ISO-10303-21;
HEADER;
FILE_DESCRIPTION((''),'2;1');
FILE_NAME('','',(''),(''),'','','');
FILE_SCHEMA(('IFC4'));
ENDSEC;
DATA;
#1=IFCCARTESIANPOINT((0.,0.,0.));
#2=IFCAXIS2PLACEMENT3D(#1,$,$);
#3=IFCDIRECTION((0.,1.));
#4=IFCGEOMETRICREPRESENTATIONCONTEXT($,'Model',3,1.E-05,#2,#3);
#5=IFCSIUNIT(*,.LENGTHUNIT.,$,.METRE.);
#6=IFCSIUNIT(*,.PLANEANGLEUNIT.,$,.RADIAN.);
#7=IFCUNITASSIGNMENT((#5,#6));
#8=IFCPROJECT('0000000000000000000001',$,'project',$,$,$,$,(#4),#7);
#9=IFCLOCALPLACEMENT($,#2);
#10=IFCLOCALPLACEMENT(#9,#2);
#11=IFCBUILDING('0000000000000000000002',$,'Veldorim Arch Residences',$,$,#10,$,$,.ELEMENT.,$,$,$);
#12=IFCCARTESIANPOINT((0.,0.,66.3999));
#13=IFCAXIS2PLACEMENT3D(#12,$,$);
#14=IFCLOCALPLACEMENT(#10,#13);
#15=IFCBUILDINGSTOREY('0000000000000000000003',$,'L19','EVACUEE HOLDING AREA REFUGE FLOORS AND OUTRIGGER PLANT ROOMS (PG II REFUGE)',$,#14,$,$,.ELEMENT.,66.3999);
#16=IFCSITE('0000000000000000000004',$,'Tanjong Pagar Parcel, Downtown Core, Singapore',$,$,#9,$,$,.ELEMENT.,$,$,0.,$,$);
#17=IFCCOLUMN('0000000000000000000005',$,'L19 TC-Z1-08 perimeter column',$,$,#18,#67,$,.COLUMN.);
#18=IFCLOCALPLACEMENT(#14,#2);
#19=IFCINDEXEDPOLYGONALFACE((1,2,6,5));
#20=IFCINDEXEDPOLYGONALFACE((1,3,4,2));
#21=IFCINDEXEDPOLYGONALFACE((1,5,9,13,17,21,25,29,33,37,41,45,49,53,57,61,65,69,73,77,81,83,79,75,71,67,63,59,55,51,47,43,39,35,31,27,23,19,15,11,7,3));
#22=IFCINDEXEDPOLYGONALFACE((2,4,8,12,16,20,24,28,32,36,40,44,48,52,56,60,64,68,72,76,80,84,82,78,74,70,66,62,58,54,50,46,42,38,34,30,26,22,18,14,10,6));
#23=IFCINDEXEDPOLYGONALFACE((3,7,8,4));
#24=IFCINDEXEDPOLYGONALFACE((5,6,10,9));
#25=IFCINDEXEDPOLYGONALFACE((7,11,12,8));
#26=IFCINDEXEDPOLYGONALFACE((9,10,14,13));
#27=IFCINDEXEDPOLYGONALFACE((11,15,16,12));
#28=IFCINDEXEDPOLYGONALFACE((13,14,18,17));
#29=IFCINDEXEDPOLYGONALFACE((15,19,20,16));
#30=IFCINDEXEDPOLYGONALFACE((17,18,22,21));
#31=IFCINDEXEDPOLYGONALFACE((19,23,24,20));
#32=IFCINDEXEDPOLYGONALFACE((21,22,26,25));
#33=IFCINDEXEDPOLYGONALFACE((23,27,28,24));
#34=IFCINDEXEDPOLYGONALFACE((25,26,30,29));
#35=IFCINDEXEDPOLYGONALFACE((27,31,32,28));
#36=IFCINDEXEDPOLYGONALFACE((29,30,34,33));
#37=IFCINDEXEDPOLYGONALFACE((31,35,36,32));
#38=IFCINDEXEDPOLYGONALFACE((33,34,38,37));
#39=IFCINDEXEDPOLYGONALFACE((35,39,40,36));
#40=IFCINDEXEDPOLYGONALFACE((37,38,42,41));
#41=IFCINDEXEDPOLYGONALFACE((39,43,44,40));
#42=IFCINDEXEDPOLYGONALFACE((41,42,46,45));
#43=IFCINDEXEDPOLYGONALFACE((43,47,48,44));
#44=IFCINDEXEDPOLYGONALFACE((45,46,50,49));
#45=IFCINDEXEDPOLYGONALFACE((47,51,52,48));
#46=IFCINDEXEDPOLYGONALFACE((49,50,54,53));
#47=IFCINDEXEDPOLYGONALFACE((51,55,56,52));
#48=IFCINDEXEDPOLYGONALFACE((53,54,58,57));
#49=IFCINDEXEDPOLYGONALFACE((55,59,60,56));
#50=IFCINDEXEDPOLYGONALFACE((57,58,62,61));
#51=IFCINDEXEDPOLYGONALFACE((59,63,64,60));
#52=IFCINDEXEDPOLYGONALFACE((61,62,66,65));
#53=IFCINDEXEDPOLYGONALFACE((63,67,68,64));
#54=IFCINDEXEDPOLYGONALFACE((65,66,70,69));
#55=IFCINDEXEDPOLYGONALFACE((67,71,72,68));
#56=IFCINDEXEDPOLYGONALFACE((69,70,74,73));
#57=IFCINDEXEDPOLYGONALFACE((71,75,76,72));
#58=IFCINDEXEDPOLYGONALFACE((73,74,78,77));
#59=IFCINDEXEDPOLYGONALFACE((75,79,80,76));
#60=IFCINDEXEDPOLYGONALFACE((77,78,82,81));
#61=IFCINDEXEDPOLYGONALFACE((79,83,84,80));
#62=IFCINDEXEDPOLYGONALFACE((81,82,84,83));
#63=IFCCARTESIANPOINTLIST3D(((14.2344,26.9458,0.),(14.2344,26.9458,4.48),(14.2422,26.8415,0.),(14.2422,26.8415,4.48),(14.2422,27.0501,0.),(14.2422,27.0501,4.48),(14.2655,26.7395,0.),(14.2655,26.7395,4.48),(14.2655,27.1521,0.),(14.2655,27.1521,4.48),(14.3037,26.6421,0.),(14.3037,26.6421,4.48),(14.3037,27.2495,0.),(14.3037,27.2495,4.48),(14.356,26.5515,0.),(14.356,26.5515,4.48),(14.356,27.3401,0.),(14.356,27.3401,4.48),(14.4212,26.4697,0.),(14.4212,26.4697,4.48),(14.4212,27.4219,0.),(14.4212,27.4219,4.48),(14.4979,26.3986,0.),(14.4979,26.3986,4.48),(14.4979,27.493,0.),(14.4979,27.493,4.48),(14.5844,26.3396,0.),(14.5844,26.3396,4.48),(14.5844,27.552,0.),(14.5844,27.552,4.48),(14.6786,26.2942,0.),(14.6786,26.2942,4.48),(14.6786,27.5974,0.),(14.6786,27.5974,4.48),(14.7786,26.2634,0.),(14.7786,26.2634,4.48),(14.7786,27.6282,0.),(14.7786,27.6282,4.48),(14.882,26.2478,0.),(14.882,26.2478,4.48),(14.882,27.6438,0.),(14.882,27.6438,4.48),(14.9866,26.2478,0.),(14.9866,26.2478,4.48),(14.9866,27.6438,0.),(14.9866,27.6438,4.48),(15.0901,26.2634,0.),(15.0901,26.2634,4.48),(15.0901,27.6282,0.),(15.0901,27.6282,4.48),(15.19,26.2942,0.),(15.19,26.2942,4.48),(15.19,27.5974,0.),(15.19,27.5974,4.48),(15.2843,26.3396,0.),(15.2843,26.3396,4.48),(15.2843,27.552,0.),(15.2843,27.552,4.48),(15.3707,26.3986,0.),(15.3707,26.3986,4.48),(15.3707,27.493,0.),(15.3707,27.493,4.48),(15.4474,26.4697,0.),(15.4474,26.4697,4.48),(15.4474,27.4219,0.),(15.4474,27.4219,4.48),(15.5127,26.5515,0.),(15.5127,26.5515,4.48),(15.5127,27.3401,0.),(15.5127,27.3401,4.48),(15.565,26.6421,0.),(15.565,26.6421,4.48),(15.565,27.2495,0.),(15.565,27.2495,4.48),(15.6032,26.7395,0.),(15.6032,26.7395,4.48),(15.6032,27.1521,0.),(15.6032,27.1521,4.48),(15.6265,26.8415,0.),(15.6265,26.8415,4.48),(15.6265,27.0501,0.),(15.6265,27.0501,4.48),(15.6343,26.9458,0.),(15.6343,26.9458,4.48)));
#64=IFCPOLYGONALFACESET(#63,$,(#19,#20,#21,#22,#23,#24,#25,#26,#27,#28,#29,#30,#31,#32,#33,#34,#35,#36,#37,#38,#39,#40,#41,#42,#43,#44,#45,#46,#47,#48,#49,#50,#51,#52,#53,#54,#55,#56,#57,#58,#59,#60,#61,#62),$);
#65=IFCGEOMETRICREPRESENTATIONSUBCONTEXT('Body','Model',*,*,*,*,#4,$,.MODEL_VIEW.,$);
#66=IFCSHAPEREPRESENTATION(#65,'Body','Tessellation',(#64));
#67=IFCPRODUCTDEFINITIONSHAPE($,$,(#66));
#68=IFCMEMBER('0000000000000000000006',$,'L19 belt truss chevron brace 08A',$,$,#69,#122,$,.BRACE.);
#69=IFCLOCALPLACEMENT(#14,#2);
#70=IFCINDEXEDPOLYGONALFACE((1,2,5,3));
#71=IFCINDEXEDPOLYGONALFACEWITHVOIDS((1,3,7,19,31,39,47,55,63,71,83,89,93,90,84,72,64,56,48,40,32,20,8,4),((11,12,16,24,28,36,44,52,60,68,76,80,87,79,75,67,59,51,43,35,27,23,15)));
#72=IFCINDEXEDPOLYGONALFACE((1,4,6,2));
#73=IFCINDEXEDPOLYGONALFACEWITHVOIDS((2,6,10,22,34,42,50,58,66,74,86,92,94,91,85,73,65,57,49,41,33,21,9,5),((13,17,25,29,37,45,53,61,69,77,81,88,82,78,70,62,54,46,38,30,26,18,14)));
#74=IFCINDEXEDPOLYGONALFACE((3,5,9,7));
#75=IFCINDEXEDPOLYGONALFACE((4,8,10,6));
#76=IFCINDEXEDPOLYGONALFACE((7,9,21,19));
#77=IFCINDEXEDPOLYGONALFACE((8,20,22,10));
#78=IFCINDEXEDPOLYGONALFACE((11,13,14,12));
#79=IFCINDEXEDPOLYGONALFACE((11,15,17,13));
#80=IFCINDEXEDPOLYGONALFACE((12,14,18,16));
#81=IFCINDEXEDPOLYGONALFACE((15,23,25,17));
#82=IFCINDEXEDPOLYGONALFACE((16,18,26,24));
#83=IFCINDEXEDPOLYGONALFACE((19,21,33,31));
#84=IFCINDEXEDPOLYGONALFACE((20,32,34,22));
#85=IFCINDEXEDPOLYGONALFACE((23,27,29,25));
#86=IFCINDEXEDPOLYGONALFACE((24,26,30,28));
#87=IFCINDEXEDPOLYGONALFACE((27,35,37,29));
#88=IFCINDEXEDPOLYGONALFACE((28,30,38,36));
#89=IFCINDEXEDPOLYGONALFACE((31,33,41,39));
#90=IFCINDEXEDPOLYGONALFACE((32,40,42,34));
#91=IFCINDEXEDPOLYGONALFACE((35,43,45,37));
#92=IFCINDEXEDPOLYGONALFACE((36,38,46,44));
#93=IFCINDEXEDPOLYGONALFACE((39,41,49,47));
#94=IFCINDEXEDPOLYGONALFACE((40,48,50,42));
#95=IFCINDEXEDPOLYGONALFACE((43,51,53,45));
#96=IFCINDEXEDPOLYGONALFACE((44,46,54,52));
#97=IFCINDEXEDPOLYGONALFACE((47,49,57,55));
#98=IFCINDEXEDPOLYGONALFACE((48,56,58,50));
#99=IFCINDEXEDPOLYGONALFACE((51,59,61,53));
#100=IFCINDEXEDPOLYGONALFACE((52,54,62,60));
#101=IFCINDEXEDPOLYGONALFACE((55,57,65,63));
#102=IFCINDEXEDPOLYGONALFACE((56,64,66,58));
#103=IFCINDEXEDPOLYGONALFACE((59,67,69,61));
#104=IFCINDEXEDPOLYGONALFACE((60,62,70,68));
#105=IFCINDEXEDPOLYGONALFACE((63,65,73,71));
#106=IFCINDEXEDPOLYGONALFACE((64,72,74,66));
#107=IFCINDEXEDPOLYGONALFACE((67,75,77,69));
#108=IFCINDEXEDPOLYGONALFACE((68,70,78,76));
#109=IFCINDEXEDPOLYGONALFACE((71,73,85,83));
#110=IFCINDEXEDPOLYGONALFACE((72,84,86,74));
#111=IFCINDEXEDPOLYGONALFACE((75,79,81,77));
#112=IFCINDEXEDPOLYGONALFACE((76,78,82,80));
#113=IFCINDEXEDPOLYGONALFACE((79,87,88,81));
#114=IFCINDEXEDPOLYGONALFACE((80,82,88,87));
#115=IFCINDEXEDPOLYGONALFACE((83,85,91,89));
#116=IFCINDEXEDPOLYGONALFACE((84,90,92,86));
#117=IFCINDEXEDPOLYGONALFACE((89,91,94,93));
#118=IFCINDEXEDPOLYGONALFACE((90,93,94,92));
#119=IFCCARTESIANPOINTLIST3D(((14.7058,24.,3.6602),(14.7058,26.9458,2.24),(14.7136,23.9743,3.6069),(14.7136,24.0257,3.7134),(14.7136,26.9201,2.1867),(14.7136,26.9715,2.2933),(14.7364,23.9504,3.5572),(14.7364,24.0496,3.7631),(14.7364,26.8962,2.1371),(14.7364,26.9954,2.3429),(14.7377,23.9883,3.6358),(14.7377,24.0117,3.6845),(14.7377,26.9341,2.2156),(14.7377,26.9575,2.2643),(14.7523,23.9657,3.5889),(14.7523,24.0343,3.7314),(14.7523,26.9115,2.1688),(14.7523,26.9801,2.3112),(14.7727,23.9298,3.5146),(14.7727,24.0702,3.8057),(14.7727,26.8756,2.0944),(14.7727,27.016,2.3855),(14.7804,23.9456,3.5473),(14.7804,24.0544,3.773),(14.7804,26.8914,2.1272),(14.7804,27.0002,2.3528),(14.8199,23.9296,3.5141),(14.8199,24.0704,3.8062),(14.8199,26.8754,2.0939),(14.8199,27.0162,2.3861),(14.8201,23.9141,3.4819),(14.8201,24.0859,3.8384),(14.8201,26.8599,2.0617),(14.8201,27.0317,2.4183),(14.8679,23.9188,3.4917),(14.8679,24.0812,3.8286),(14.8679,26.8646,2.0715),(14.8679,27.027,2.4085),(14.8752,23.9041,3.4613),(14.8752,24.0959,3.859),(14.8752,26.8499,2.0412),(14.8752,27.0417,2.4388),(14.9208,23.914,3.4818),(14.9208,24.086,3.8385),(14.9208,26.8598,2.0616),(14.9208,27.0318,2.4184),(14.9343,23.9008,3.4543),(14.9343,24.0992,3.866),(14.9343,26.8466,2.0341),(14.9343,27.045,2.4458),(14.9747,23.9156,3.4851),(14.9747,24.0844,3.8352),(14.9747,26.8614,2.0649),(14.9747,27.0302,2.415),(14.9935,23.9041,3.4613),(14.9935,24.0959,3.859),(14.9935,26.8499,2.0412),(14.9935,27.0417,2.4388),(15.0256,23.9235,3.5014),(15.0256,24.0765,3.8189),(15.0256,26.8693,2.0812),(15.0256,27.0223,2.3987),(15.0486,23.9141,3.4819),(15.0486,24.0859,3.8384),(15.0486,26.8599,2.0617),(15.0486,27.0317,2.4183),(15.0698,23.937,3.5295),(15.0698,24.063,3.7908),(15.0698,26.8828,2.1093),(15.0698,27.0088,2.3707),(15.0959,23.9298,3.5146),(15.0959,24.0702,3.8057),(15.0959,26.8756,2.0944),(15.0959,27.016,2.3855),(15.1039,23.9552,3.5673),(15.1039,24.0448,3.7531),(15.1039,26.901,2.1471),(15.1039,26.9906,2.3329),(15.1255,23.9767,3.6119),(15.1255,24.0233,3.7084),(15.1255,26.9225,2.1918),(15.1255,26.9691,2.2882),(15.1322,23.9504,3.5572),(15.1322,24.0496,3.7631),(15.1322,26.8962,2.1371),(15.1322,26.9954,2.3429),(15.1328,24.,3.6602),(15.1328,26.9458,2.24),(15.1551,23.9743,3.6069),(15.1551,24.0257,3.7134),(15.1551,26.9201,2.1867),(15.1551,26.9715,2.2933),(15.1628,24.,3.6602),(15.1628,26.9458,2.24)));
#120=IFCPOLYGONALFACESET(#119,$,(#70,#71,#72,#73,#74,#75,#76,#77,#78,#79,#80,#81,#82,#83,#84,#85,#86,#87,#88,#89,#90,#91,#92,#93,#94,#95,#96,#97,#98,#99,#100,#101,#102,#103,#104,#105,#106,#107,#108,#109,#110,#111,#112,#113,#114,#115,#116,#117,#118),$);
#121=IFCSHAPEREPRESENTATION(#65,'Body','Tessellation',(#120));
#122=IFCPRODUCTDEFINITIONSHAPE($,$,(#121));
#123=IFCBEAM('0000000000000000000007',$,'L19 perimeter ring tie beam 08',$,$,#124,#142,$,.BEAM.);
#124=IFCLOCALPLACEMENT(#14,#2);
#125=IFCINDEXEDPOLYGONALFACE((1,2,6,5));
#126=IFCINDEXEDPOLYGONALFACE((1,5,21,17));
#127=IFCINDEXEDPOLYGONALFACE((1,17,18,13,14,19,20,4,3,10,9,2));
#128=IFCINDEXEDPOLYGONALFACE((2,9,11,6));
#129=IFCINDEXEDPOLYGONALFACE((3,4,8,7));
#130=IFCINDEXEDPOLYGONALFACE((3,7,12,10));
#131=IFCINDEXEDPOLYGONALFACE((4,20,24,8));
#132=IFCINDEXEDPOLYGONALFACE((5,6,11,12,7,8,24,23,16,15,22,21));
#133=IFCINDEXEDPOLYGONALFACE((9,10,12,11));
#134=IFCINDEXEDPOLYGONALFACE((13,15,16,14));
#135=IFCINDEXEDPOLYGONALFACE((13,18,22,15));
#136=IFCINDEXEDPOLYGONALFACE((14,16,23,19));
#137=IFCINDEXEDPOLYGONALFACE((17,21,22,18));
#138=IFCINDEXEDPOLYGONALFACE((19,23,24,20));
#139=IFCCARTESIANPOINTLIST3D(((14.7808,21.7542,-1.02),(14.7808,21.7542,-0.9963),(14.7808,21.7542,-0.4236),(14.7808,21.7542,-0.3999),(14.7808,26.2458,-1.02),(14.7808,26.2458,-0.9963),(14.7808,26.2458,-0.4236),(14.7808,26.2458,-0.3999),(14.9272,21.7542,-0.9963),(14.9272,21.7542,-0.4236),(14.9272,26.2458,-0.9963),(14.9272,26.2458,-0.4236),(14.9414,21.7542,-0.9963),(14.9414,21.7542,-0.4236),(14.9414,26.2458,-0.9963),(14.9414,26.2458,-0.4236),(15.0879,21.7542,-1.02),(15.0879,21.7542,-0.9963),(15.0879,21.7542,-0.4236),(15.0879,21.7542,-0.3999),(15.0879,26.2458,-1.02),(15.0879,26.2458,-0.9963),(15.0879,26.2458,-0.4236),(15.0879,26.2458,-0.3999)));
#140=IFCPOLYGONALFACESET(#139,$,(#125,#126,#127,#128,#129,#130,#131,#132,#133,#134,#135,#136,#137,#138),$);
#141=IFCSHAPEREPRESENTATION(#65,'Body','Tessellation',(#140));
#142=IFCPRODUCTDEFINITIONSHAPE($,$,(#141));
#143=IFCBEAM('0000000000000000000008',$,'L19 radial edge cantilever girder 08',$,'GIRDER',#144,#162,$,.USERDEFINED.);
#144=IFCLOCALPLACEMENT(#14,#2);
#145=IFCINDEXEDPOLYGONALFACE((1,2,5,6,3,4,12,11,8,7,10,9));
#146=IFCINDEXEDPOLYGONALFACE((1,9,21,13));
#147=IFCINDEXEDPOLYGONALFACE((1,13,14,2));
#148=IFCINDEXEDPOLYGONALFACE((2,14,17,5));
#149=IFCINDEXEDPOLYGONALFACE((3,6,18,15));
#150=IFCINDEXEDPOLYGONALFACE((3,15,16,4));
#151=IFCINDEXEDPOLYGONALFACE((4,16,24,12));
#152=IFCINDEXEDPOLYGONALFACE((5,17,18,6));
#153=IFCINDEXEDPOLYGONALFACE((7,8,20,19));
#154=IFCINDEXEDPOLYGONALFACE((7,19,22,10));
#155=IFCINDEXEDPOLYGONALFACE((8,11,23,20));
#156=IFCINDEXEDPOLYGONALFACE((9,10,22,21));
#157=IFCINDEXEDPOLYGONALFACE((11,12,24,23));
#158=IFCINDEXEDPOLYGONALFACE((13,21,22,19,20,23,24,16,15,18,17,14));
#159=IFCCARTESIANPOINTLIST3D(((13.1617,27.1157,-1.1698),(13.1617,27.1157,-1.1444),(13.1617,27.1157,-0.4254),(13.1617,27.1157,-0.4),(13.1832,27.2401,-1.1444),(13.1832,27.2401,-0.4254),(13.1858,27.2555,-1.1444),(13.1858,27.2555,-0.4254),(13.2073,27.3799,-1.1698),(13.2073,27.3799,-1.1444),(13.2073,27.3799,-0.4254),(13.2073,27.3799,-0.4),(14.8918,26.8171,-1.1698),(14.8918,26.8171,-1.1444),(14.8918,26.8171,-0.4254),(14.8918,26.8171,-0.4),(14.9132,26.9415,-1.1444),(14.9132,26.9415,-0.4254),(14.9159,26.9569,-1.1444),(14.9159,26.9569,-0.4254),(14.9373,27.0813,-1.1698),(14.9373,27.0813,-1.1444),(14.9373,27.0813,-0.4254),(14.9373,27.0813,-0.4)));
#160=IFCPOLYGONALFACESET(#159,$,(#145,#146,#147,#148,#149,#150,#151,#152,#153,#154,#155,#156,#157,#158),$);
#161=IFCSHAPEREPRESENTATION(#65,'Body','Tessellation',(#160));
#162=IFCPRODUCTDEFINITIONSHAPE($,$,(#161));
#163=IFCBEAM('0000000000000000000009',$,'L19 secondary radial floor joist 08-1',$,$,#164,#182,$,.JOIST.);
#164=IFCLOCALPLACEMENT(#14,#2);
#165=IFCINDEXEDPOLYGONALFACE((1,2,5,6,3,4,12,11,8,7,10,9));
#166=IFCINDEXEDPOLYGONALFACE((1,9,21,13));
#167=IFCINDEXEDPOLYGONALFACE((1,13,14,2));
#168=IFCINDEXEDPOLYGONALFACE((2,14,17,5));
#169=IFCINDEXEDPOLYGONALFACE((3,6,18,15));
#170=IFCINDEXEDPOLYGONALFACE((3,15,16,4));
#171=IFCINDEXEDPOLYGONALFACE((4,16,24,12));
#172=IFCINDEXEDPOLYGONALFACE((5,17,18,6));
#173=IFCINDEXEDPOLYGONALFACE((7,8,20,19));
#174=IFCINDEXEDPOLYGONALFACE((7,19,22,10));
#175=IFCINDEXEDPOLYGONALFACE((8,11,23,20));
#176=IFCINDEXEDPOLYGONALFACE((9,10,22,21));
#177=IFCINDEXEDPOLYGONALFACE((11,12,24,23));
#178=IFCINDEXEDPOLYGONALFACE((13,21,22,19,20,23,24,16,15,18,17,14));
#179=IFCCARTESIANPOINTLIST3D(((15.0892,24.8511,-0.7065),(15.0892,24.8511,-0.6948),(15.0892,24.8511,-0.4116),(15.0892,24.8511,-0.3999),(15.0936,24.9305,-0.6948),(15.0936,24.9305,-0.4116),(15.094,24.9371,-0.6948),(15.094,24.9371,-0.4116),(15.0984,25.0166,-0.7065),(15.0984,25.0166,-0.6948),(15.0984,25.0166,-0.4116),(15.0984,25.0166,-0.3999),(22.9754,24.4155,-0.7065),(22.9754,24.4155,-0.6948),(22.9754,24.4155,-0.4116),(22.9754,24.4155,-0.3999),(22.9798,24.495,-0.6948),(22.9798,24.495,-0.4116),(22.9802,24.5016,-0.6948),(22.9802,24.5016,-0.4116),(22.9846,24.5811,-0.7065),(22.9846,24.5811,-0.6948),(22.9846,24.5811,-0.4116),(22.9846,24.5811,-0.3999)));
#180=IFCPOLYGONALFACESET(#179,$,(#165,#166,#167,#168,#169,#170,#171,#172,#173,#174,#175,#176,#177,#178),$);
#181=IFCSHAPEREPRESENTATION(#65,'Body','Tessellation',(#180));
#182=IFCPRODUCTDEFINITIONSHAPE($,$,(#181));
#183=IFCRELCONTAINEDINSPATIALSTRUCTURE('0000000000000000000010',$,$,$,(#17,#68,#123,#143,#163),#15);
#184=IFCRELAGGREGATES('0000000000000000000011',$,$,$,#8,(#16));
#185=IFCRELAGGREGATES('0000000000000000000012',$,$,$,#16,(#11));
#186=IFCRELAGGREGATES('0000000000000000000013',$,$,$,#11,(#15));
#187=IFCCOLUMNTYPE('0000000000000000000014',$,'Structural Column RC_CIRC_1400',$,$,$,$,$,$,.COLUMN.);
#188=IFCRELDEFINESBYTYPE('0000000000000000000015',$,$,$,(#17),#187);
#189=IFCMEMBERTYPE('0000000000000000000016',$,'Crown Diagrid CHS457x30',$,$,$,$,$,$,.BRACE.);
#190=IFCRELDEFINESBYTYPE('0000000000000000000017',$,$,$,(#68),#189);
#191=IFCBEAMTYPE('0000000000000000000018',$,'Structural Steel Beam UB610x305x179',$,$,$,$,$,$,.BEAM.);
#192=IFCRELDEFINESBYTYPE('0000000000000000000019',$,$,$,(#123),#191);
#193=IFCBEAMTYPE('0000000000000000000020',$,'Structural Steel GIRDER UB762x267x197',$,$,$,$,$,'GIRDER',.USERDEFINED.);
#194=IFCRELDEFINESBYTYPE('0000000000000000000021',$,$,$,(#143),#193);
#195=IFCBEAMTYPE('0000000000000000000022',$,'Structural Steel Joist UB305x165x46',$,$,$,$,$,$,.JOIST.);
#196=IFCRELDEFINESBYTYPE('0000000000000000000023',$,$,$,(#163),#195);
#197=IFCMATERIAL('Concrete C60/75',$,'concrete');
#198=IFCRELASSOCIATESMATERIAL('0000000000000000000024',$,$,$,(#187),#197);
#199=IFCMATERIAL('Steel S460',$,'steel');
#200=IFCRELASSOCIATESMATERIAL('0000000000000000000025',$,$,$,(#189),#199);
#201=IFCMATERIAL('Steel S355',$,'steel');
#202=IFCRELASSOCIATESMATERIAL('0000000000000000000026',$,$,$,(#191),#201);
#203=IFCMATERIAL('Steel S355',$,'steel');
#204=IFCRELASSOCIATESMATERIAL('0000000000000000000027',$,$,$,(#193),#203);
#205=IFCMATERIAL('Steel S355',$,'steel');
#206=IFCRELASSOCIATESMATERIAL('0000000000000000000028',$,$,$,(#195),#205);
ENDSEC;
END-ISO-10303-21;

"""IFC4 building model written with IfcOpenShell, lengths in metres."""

from ifc_helpers import new_model, si_unit, direction, frame, origin, origin_2d, place, context, subcontext, project, spatial, circle, hollow_circle, i_section, extrude, material, material_profile, profile_set, type_object, element, save


model = new_model("IFC4")

# Units and contexts
model_context = context("Model", 3, precision=1e-05, world=origin(), true_north=direction((0.0, 1.0)))
body_context = subcontext(model_context, "Body", "Model", "MODEL_VIEW")
ifc_project = project(units=[si_unit("LENGTHUNIT", "METRE"), si_unit("PLANEANGLEUNIT", "RADIAN")], contexts=[model_context])

# Site, building, storey
site_placement = place(None, origin())
site = spatial("IfcSite", under=ifc_project, at=site_placement, Name="Tanjong Pagar Parcel, Downtown Core, Singapore", CompositionType="ELEMENT", RefElevation=0.0)
building_placement = place(site_placement, origin())
building = spatial("IfcBuilding", under=site, at=building_placement, Name="Veldorim Arch Residences", CompositionType="ELEMENT")
storey_placement = place(building_placement, frame((0.0, 0.0, 66.3999)))
storey = spatial("IfcBuildingStorey", under=building, at=storey_placement, Name="L19", Description="EVACUEE HOLDING AREA REFUGE FLOORS AND OUTRIGGER PLANT ROOMS (PG II REFUGE)", CompositionType="ELEMENT", Elevation=66.3999)

# Column
ifc_material_1 = material(Name="Concrete C60/75", Category="concrete")
ifc_material_profile_1 = material_profile(ifc_material_1, circle(Radius=0.7, at=origin_2d()), Name="RC_CIRC_1400")
ifc_profile_set_1 = profile_set([ifc_material_profile_1], Name="Concrete C60/75")
column_type = type_object("IfcColumnType", Name="Structural Column RC_CIRC_1400", PredefinedType="COLUMN", material=ifc_profile_set_1)
column_placement = place(storey_placement, frame((14.9343, 26.9458, 0.0), z_axis=(0.0, 0.0, 1.0), x_axis=(1.0, 0.0, 0.0)))
element("IfcColumn", 1, at=column_placement, inside=storey, type_object=column_type, Name="L19 TC-Z1-08 perimeter column", PredefinedType="COLUMN", context=body_context, shape_type="SweptSolid", body=[
    extrude(circle(Radius=0.7, at=origin_2d()), origin(), (0.0, 0.0, 1.0), 4.48),
])

# Member
ifc_material_2 = material(Name="Steel S460", Category="steel")
ifc_material_profile_2 = material_profile(ifc_material_2, hollow_circle(Radius=0.2285, WallThickness=0.03, at=origin_2d()), Name="CHS457x30")
ifc_profile_set_2 = profile_set([ifc_material_profile_2], Name="Steel S460")
member_type_1 = type_object("IfcMemberType", Name="Crown Diagrid CHS457x30", PredefinedType="BRACE", material=ifc_profile_set_2)
member_placement = place(storey_placement, frame((14.9343, 26.9458, 2.24), z_axis=(0.0, -0.900784, 0.434267), x_axis=(1.0, 0.0, 0.0)))
element("IfcMember", 2, at=member_placement, inside=storey, type_object=member_type_1, Name="L19 belt truss chevron brace 08A", PredefinedType="BRACE", context=body_context, shape_type="SweptSolid", body=[
    extrude(hollow_circle(Radius=0.2285, WallThickness=0.03, at=origin_2d()), origin(), (0.0, 0.0, 1.0), 3.2703),
])

# Beams
ifc_material_3 = material(Name="Steel S355", Category="steel")
ifc_material_profile_3 = material_profile(ifc_material_3, i_section(OverallWidth=0.3071, OverallDepth=0.6201, WebThickness=0.0142, FlangeThickness=0.0237, at=origin_2d()), Name="UB610x305x179")
ifc_profile_set_3 = profile_set([ifc_material_profile_3], Name="Steel S355")
beam_type_1 = type_object("IfcBeamType", Name="Structural Steel Beam UB610x305x179", PredefinedType="BEAM", material=ifc_profile_set_3)
beam_1_placement = place(storey_placement, frame((14.9343, 26.2458, -0.71), z_axis=(0.0, -1.0, 0.0), x_axis=(1.0, 0.0, 0.0)))
element("IfcBeam", 3, at=beam_1_placement, inside=storey, type_object=beam_type_1, Name="L19 perimeter ring tie beam 08", PredefinedType="BEAM", context=body_context, shape_type="SweptSolid", body=[
    extrude(i_section(OverallWidth=0.3071, OverallDepth=0.6201, WebThickness=0.0142, FlangeThickness=0.0237, at=origin_2d()), origin(), (0.0, 0.0, 1.0), 4.4917),
])
ifc_material_4 = material(Name="Steel S355", Category="steel")
ifc_material_profile_4 = material_profile(ifc_material_4, i_section(OverallWidth=0.2681, OverallDepth=0.7698, WebThickness=0.0156, FlangeThickness=0.0254, at=origin_2d()), Name="UB762x267x197")
ifc_profile_set_4 = profile_set([ifc_material_profile_4], Name="Steel S355")
beam_type_2 = type_object("IfcBeamType", Name="Structural Steel GIRDER UB762x267x197", ElementType="GIRDER", PredefinedType="USERDEFINED", material=ifc_profile_set_4)
beam_2_placement = place(storey_placement, frame((14.9146, 26.9492, -0.7849), z_axis=(-0.98543, 0.170079, 0.0), x_axis=(-0.170079, -0.98543, 0.0)))
element("IfcBeam", 4, at=beam_2_placement, inside=storey, type_object=beam_type_2, Name="L19 radial edge cantilever girder 08", ObjectType="GIRDER", PredefinedType="USERDEFINED", context=body_context, shape_type="SweptSolid", body=[
    extrude(i_section(OverallWidth=0.2681, OverallDepth=0.7698, WebThickness=0.0156, FlangeThickness=0.0254, at=origin_2d()), origin(), (0.0, 0.0, 1.0), 1.7556),
])
ifc_material_5 = material(Name="Steel S355", Category="steel")
ifc_material_profile_5 = material_profile(ifc_material_5, i_section(OverallWidth=0.1658, OverallDepth=0.3066, WebThickness=0.0066, FlangeThickness=0.0117, at=origin_2d()), Name="UB305x165x46")
ifc_profile_set_5 = profile_set([ifc_material_profile_5], Name="Steel S355")
beam_type_3 = type_object("IfcBeamType", Name="Structural Steel Joist UB305x165x46", PredefinedType="JOIST", material=ifc_profile_set_5)
for number, where, z_axis, x_axis, name in (
    (5, (22.98, 24.4983, -0.5532), (-0.998478, 0.055145, 0.0), (-0.055145, -0.998478, 0.0), "L19 secondary radial floor joist 08-1"),
):
    element("IfcBeam", number, at=place(storey_placement, frame(where, z_axis=z_axis, x_axis=x_axis)), inside=storey, type_object=beam_type_3, Name=name, PredefinedType="JOIST", context=body_context, shape_type="SweptSolid", body=[
        extrude(i_section(OverallWidth=0.1658, OverallDepth=0.3066, WebThickness=0.0066, FlangeThickness=0.0117, at=origin_2d()), origin(), (0.0, 0.0, 1.0), 7.8982),
    ])

save(model, "model.ifc")
